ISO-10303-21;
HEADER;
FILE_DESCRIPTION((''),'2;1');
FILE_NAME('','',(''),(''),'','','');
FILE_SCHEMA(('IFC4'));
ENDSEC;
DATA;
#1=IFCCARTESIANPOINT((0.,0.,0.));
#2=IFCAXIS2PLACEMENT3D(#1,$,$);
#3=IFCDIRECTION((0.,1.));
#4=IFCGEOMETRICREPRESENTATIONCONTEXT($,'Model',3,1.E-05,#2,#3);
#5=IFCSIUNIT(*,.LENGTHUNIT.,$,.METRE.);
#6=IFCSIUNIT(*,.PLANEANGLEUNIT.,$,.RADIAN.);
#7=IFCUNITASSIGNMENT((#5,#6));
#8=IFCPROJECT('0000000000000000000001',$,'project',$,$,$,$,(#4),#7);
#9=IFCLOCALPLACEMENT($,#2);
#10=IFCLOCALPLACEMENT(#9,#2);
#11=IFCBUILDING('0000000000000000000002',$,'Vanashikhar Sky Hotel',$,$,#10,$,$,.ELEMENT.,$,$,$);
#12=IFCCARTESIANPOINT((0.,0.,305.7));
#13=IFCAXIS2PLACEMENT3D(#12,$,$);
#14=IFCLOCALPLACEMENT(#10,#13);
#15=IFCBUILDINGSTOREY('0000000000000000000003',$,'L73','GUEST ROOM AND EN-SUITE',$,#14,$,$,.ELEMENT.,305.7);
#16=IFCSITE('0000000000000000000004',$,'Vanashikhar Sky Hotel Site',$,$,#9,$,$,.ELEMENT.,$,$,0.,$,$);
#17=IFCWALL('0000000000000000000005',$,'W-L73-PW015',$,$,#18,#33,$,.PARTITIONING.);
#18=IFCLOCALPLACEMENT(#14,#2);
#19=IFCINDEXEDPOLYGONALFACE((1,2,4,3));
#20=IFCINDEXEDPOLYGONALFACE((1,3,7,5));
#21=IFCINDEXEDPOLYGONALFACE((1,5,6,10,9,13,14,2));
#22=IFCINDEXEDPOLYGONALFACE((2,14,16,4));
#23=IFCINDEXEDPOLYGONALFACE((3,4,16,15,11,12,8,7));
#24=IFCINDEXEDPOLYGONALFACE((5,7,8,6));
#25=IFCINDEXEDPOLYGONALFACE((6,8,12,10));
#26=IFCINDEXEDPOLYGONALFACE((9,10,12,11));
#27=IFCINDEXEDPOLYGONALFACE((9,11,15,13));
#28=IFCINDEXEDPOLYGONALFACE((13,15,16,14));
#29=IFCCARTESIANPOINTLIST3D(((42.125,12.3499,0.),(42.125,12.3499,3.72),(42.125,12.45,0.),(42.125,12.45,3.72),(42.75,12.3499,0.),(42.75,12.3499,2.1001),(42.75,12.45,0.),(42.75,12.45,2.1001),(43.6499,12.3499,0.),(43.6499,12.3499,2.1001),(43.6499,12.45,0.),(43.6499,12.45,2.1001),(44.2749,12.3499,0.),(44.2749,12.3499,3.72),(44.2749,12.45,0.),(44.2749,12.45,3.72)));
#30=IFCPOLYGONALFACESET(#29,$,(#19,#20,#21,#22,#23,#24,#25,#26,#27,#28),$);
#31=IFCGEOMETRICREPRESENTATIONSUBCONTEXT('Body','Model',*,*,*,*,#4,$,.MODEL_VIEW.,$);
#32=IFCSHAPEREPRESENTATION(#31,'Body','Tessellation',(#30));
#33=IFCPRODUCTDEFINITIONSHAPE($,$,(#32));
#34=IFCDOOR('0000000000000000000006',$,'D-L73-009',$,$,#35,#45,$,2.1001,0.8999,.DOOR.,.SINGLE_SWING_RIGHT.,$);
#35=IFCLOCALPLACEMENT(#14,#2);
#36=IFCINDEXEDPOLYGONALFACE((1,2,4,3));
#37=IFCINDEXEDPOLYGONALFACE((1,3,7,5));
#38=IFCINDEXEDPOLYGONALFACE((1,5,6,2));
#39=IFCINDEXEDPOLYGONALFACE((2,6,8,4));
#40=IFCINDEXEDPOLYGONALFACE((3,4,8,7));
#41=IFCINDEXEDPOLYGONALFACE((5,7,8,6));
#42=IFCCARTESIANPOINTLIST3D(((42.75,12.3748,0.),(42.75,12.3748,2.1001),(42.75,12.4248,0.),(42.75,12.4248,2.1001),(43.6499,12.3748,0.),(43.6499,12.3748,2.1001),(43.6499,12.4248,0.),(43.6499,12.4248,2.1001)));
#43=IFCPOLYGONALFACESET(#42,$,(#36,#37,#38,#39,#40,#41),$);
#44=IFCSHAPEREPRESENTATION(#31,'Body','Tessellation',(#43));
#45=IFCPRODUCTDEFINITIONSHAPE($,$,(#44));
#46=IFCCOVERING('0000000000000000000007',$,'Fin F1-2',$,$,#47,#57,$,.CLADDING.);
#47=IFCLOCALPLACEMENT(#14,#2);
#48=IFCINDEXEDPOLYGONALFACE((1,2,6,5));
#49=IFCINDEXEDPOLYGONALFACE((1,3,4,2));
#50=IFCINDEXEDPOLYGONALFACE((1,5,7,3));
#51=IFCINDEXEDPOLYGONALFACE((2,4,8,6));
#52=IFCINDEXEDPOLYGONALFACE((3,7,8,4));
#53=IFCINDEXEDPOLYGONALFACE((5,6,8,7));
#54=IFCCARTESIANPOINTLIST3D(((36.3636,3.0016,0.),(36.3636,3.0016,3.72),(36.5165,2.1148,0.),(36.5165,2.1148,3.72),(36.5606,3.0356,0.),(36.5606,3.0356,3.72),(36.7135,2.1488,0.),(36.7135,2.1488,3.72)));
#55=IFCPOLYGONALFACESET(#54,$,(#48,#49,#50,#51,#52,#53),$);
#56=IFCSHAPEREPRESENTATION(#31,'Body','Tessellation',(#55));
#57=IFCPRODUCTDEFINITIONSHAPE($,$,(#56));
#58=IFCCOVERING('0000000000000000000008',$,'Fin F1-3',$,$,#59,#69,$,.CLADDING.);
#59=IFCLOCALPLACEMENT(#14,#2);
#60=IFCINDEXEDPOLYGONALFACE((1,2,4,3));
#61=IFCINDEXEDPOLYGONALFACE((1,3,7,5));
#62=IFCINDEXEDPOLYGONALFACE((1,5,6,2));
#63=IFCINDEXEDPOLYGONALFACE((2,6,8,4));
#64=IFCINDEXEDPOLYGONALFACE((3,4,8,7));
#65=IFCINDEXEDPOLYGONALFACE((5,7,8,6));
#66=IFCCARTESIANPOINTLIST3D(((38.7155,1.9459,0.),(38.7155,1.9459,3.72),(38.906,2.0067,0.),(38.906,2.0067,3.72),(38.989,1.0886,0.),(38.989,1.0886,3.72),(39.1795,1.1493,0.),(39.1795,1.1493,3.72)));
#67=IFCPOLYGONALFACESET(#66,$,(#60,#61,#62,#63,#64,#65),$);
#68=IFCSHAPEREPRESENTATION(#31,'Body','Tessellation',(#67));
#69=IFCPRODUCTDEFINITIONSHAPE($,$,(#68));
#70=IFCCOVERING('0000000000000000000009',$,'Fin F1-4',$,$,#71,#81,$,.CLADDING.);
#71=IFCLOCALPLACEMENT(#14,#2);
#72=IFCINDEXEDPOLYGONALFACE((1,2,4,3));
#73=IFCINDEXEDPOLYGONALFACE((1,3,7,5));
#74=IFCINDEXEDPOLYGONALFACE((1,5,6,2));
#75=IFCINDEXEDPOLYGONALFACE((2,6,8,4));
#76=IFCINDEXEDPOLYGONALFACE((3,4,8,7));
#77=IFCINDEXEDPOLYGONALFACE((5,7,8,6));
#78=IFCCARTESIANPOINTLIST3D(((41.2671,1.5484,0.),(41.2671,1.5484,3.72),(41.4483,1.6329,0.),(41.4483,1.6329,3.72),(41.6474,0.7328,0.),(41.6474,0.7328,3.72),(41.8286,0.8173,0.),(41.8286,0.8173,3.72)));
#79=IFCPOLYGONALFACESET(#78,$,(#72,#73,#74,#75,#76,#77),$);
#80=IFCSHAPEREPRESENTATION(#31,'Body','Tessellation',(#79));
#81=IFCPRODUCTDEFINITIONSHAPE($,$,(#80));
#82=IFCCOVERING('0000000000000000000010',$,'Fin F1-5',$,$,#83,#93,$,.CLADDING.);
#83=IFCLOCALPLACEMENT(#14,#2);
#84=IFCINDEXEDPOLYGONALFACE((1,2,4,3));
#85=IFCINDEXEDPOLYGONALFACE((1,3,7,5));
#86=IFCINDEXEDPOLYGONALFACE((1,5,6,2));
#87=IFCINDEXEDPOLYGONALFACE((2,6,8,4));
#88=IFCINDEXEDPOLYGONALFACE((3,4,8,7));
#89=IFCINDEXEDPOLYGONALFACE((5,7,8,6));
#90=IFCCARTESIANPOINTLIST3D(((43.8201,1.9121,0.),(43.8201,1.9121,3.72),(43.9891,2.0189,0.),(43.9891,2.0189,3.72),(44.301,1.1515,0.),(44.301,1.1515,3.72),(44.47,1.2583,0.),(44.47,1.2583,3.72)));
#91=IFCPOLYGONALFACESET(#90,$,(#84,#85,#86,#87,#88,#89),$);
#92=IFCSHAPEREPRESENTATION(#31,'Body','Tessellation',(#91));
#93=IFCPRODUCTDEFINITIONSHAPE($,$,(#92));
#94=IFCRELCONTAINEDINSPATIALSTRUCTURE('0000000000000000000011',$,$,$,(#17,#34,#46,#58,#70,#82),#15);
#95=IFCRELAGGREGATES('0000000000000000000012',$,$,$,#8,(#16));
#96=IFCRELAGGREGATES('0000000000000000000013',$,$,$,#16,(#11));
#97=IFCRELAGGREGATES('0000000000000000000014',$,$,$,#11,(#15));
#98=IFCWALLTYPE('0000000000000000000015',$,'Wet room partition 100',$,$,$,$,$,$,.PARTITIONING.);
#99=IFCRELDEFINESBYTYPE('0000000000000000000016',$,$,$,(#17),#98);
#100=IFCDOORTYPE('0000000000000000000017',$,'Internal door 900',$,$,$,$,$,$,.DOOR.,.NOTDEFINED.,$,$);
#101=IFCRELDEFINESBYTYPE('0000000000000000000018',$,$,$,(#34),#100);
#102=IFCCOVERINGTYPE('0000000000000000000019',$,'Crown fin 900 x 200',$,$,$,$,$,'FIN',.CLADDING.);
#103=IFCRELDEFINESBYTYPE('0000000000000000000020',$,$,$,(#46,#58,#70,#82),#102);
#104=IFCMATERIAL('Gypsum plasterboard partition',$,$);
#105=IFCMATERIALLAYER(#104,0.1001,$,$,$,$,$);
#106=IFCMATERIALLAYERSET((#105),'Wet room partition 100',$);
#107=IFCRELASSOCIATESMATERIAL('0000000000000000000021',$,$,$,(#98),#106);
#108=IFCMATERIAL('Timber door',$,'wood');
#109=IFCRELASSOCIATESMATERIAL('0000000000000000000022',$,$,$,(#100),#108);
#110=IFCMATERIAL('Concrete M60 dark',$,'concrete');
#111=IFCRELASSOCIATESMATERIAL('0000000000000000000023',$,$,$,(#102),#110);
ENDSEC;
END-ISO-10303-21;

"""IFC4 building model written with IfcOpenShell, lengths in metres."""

from ifc_helpers import new_model, si_unit, direction, frame, frame_2d, origin, origin_2d, place, context, subcontext, project, spatial, rectangle, extrude, source, transform, mapped, material, layer, layer_set, material_profile, profile_set, type_object, element, fill, save


model = new_model("IFC4")

# Units and contexts
model_context = context("Model", 3, precision=1e-05, world=origin(), true_north=direction((0.0, 1.0)))
body_context = subcontext(model_context, "Body", "Model", "MODEL_VIEW")
ifc_project = project(units=[si_unit("LENGTHUNIT", "METRE"), si_unit("PLANEANGLEUNIT", "RADIAN")], contexts=[model_context])

# Site, building, storey
site_placement = place(None, origin())
site = spatial("IfcSite", under=ifc_project, at=site_placement, Name="Vanashikhar Sky Hotel Site", CompositionType="ELEMENT", RefElevation=0.0)
building_placement = place(site_placement, origin())
building = spatial("IfcBuilding", under=site, at=building_placement, Name="Vanashikhar Sky Hotel", CompositionType="ELEMENT")
storey_placement = place(building_placement, frame((0.0, 0.0, 305.7)))
storey = spatial("IfcBuildingStorey", under=building, at=storey_placement, Name="L73", Description="GUEST ROOM AND EN-SUITE", CompositionType="ELEMENT", Elevation=305.7)

# Shared definitions
ifc_material_1 = material(Name="Gypsum plasterboard partition")
ifc_layer_1 = layer(ifc_material_1, 0.1001)
ifc_layer_set_1 = layer_set([ifc_layer_1], Name="Wet room partition 100")
wall_type_1 = type_object("IfcWallType", Name="Wet room partition 100", PredefinedType="PARTITIONING", material=ifc_layer_set_1)
shared_shape_1 = source(origin(), body_context, "Body", "SweptSolid", [
    extrude(rectangle(XDim=0.8999, YDim=2.1001, at=frame_2d((0.45, 1.05))), frame((0.0, 0.0601, 0.0), z_axis=(0.0, -1.0, 0.0), x_axis=(1.0, 0.0, 0.0)), (0.0, 0.0, 1.0), 0.1201),
])
ifc_material_2 = material(Name="Timber door", Category="wood")
door_type = type_object("IfcDoorType", Name="Internal door 900", OperationType="NOTDEFINED", PredefinedType="DOOR", material=ifc_material_2)
shared_shape_2 = source(origin(), body_context, "Body", "SweptSolid", [
    extrude(rectangle(XDim=0.8999, YDim=2.1001, at=frame_2d((0.45, 1.05))), frame((0.0, 0.0249, 0.0), z_axis=(0.0, -1.0, 0.0), x_axis=(1.0, 0.0, 0.0)), (0.0, 0.0, 1.0), 0.05),
])

# Wall, opening, door
shared_shape_3 = source(origin(), body_context, "Body", "SweptSolid", [
    extrude(rectangle(XDim=2.1499, YDim=0.1001, at=frame_2d((1.075, 0.0))), origin(), (0.0, 0.0, 1.0), 3.72),
])
wall_1_placement = place(storey_placement, frame((42.125, 12.3999, 0.0), z_axis=(0.0, 0.0, 1.0), x_axis=(1.0, 0.0, 0.0)))
wall_1 = element("IfcWall", 1, at=wall_1_placement, inside=storey, type_object=wall_type_1, Name="W-L73-PW015", PredefinedType="PARTITIONING", context=body_context, shape_type="MappedRepresentation", body=[
    mapped(shared_shape_3, transform((0.0, 0.0, 0.0), scale=1.0)),
])
opening_1_placement = place(wall_1_placement, frame((0.625, 0.0, 0.0)))
opening_1 = element("IfcOpeningElement", 2, at=opening_1_placement, cuts=wall_1, PredefinedType="OPENING", context=body_context, shape_type="MappedRepresentation", body=[
    mapped(shared_shape_1, transform((0.0, 0.0, 0.0), scale=1.0)),
])
door_1_placement = place(opening_1_placement, origin())
door_1 = element("IfcDoor", 3, at=door_1_placement, inside=storey, type_object=door_type, Name="D-L73-009", OperationType="SINGLE_SWING_RIGHT", OverallHeight=2.1001, OverallWidth=0.8999, PredefinedType="DOOR", context=body_context, shape_type="MappedRepresentation", body=[
    mapped(shared_shape_2, transform((0.0, 0.0, 0.0), scale=1.0)),
])
fill(opening_1, door_1)

# Coverings
ifc_material_3 = material(Name="Concrete M60 dark", Category="concrete")
ifc_material_profile_1 = material_profile(ifc_material_3, rectangle(XDim=0.8999, YDim=0.2, at=origin_2d()))
ifc_profile_set_1 = profile_set([ifc_material_profile_1], Name="Crown fin 900 x 200")
covering_type = type_object("IfcCoveringType", Name="Crown fin 900 x 200", ElementType="FIN", PredefinedType="CLADDING", material=ifc_profile_set_1)
shared_shape_4 = source(origin(), body_context, "Body", "SweptSolid", [
    extrude(rectangle(XDim=0.8999, YDim=0.2, at=origin_2d()), origin(), (0.0, 0.0, 1.0), 3.72),
])
for number, where, z_axis, x_axis, name in (
    (4, (36.5386, 2.5752, 0.0), (0.0, 0.0, 1.0), (0.1699, -0.985461, 0.0), "Fin F1-2"),
    (5, (38.9475, 1.5476, 0.0), (0.0, 0.0, 1.0), (0.303967, -0.952683, 0.0), "Fin F1-3"),
    (6, (41.5479, 1.1829, 0.0), (0.0, 0.0, 1.0), (0.422618, -0.906308, 0.0), "Fin F1-4"),
    (7, (44.145, 1.5852, 0.0), (0.0, 0.0, 1.0), (0.534411, -0.845225, 0.0), "Fin F1-5"),
):
    element("IfcCovering", number, at=place(storey_placement, frame(where, z_axis=z_axis, x_axis=x_axis)), inside=storey, type_object=covering_type, Name=name, PredefinedType="CLADDING", context=body_context, shape_type="MappedRepresentation", body=[
        mapped(shared_shape_4, transform((0.0, 0.0, 0.0), scale=1.0)),
    ])

save(model, "model.ifc")
